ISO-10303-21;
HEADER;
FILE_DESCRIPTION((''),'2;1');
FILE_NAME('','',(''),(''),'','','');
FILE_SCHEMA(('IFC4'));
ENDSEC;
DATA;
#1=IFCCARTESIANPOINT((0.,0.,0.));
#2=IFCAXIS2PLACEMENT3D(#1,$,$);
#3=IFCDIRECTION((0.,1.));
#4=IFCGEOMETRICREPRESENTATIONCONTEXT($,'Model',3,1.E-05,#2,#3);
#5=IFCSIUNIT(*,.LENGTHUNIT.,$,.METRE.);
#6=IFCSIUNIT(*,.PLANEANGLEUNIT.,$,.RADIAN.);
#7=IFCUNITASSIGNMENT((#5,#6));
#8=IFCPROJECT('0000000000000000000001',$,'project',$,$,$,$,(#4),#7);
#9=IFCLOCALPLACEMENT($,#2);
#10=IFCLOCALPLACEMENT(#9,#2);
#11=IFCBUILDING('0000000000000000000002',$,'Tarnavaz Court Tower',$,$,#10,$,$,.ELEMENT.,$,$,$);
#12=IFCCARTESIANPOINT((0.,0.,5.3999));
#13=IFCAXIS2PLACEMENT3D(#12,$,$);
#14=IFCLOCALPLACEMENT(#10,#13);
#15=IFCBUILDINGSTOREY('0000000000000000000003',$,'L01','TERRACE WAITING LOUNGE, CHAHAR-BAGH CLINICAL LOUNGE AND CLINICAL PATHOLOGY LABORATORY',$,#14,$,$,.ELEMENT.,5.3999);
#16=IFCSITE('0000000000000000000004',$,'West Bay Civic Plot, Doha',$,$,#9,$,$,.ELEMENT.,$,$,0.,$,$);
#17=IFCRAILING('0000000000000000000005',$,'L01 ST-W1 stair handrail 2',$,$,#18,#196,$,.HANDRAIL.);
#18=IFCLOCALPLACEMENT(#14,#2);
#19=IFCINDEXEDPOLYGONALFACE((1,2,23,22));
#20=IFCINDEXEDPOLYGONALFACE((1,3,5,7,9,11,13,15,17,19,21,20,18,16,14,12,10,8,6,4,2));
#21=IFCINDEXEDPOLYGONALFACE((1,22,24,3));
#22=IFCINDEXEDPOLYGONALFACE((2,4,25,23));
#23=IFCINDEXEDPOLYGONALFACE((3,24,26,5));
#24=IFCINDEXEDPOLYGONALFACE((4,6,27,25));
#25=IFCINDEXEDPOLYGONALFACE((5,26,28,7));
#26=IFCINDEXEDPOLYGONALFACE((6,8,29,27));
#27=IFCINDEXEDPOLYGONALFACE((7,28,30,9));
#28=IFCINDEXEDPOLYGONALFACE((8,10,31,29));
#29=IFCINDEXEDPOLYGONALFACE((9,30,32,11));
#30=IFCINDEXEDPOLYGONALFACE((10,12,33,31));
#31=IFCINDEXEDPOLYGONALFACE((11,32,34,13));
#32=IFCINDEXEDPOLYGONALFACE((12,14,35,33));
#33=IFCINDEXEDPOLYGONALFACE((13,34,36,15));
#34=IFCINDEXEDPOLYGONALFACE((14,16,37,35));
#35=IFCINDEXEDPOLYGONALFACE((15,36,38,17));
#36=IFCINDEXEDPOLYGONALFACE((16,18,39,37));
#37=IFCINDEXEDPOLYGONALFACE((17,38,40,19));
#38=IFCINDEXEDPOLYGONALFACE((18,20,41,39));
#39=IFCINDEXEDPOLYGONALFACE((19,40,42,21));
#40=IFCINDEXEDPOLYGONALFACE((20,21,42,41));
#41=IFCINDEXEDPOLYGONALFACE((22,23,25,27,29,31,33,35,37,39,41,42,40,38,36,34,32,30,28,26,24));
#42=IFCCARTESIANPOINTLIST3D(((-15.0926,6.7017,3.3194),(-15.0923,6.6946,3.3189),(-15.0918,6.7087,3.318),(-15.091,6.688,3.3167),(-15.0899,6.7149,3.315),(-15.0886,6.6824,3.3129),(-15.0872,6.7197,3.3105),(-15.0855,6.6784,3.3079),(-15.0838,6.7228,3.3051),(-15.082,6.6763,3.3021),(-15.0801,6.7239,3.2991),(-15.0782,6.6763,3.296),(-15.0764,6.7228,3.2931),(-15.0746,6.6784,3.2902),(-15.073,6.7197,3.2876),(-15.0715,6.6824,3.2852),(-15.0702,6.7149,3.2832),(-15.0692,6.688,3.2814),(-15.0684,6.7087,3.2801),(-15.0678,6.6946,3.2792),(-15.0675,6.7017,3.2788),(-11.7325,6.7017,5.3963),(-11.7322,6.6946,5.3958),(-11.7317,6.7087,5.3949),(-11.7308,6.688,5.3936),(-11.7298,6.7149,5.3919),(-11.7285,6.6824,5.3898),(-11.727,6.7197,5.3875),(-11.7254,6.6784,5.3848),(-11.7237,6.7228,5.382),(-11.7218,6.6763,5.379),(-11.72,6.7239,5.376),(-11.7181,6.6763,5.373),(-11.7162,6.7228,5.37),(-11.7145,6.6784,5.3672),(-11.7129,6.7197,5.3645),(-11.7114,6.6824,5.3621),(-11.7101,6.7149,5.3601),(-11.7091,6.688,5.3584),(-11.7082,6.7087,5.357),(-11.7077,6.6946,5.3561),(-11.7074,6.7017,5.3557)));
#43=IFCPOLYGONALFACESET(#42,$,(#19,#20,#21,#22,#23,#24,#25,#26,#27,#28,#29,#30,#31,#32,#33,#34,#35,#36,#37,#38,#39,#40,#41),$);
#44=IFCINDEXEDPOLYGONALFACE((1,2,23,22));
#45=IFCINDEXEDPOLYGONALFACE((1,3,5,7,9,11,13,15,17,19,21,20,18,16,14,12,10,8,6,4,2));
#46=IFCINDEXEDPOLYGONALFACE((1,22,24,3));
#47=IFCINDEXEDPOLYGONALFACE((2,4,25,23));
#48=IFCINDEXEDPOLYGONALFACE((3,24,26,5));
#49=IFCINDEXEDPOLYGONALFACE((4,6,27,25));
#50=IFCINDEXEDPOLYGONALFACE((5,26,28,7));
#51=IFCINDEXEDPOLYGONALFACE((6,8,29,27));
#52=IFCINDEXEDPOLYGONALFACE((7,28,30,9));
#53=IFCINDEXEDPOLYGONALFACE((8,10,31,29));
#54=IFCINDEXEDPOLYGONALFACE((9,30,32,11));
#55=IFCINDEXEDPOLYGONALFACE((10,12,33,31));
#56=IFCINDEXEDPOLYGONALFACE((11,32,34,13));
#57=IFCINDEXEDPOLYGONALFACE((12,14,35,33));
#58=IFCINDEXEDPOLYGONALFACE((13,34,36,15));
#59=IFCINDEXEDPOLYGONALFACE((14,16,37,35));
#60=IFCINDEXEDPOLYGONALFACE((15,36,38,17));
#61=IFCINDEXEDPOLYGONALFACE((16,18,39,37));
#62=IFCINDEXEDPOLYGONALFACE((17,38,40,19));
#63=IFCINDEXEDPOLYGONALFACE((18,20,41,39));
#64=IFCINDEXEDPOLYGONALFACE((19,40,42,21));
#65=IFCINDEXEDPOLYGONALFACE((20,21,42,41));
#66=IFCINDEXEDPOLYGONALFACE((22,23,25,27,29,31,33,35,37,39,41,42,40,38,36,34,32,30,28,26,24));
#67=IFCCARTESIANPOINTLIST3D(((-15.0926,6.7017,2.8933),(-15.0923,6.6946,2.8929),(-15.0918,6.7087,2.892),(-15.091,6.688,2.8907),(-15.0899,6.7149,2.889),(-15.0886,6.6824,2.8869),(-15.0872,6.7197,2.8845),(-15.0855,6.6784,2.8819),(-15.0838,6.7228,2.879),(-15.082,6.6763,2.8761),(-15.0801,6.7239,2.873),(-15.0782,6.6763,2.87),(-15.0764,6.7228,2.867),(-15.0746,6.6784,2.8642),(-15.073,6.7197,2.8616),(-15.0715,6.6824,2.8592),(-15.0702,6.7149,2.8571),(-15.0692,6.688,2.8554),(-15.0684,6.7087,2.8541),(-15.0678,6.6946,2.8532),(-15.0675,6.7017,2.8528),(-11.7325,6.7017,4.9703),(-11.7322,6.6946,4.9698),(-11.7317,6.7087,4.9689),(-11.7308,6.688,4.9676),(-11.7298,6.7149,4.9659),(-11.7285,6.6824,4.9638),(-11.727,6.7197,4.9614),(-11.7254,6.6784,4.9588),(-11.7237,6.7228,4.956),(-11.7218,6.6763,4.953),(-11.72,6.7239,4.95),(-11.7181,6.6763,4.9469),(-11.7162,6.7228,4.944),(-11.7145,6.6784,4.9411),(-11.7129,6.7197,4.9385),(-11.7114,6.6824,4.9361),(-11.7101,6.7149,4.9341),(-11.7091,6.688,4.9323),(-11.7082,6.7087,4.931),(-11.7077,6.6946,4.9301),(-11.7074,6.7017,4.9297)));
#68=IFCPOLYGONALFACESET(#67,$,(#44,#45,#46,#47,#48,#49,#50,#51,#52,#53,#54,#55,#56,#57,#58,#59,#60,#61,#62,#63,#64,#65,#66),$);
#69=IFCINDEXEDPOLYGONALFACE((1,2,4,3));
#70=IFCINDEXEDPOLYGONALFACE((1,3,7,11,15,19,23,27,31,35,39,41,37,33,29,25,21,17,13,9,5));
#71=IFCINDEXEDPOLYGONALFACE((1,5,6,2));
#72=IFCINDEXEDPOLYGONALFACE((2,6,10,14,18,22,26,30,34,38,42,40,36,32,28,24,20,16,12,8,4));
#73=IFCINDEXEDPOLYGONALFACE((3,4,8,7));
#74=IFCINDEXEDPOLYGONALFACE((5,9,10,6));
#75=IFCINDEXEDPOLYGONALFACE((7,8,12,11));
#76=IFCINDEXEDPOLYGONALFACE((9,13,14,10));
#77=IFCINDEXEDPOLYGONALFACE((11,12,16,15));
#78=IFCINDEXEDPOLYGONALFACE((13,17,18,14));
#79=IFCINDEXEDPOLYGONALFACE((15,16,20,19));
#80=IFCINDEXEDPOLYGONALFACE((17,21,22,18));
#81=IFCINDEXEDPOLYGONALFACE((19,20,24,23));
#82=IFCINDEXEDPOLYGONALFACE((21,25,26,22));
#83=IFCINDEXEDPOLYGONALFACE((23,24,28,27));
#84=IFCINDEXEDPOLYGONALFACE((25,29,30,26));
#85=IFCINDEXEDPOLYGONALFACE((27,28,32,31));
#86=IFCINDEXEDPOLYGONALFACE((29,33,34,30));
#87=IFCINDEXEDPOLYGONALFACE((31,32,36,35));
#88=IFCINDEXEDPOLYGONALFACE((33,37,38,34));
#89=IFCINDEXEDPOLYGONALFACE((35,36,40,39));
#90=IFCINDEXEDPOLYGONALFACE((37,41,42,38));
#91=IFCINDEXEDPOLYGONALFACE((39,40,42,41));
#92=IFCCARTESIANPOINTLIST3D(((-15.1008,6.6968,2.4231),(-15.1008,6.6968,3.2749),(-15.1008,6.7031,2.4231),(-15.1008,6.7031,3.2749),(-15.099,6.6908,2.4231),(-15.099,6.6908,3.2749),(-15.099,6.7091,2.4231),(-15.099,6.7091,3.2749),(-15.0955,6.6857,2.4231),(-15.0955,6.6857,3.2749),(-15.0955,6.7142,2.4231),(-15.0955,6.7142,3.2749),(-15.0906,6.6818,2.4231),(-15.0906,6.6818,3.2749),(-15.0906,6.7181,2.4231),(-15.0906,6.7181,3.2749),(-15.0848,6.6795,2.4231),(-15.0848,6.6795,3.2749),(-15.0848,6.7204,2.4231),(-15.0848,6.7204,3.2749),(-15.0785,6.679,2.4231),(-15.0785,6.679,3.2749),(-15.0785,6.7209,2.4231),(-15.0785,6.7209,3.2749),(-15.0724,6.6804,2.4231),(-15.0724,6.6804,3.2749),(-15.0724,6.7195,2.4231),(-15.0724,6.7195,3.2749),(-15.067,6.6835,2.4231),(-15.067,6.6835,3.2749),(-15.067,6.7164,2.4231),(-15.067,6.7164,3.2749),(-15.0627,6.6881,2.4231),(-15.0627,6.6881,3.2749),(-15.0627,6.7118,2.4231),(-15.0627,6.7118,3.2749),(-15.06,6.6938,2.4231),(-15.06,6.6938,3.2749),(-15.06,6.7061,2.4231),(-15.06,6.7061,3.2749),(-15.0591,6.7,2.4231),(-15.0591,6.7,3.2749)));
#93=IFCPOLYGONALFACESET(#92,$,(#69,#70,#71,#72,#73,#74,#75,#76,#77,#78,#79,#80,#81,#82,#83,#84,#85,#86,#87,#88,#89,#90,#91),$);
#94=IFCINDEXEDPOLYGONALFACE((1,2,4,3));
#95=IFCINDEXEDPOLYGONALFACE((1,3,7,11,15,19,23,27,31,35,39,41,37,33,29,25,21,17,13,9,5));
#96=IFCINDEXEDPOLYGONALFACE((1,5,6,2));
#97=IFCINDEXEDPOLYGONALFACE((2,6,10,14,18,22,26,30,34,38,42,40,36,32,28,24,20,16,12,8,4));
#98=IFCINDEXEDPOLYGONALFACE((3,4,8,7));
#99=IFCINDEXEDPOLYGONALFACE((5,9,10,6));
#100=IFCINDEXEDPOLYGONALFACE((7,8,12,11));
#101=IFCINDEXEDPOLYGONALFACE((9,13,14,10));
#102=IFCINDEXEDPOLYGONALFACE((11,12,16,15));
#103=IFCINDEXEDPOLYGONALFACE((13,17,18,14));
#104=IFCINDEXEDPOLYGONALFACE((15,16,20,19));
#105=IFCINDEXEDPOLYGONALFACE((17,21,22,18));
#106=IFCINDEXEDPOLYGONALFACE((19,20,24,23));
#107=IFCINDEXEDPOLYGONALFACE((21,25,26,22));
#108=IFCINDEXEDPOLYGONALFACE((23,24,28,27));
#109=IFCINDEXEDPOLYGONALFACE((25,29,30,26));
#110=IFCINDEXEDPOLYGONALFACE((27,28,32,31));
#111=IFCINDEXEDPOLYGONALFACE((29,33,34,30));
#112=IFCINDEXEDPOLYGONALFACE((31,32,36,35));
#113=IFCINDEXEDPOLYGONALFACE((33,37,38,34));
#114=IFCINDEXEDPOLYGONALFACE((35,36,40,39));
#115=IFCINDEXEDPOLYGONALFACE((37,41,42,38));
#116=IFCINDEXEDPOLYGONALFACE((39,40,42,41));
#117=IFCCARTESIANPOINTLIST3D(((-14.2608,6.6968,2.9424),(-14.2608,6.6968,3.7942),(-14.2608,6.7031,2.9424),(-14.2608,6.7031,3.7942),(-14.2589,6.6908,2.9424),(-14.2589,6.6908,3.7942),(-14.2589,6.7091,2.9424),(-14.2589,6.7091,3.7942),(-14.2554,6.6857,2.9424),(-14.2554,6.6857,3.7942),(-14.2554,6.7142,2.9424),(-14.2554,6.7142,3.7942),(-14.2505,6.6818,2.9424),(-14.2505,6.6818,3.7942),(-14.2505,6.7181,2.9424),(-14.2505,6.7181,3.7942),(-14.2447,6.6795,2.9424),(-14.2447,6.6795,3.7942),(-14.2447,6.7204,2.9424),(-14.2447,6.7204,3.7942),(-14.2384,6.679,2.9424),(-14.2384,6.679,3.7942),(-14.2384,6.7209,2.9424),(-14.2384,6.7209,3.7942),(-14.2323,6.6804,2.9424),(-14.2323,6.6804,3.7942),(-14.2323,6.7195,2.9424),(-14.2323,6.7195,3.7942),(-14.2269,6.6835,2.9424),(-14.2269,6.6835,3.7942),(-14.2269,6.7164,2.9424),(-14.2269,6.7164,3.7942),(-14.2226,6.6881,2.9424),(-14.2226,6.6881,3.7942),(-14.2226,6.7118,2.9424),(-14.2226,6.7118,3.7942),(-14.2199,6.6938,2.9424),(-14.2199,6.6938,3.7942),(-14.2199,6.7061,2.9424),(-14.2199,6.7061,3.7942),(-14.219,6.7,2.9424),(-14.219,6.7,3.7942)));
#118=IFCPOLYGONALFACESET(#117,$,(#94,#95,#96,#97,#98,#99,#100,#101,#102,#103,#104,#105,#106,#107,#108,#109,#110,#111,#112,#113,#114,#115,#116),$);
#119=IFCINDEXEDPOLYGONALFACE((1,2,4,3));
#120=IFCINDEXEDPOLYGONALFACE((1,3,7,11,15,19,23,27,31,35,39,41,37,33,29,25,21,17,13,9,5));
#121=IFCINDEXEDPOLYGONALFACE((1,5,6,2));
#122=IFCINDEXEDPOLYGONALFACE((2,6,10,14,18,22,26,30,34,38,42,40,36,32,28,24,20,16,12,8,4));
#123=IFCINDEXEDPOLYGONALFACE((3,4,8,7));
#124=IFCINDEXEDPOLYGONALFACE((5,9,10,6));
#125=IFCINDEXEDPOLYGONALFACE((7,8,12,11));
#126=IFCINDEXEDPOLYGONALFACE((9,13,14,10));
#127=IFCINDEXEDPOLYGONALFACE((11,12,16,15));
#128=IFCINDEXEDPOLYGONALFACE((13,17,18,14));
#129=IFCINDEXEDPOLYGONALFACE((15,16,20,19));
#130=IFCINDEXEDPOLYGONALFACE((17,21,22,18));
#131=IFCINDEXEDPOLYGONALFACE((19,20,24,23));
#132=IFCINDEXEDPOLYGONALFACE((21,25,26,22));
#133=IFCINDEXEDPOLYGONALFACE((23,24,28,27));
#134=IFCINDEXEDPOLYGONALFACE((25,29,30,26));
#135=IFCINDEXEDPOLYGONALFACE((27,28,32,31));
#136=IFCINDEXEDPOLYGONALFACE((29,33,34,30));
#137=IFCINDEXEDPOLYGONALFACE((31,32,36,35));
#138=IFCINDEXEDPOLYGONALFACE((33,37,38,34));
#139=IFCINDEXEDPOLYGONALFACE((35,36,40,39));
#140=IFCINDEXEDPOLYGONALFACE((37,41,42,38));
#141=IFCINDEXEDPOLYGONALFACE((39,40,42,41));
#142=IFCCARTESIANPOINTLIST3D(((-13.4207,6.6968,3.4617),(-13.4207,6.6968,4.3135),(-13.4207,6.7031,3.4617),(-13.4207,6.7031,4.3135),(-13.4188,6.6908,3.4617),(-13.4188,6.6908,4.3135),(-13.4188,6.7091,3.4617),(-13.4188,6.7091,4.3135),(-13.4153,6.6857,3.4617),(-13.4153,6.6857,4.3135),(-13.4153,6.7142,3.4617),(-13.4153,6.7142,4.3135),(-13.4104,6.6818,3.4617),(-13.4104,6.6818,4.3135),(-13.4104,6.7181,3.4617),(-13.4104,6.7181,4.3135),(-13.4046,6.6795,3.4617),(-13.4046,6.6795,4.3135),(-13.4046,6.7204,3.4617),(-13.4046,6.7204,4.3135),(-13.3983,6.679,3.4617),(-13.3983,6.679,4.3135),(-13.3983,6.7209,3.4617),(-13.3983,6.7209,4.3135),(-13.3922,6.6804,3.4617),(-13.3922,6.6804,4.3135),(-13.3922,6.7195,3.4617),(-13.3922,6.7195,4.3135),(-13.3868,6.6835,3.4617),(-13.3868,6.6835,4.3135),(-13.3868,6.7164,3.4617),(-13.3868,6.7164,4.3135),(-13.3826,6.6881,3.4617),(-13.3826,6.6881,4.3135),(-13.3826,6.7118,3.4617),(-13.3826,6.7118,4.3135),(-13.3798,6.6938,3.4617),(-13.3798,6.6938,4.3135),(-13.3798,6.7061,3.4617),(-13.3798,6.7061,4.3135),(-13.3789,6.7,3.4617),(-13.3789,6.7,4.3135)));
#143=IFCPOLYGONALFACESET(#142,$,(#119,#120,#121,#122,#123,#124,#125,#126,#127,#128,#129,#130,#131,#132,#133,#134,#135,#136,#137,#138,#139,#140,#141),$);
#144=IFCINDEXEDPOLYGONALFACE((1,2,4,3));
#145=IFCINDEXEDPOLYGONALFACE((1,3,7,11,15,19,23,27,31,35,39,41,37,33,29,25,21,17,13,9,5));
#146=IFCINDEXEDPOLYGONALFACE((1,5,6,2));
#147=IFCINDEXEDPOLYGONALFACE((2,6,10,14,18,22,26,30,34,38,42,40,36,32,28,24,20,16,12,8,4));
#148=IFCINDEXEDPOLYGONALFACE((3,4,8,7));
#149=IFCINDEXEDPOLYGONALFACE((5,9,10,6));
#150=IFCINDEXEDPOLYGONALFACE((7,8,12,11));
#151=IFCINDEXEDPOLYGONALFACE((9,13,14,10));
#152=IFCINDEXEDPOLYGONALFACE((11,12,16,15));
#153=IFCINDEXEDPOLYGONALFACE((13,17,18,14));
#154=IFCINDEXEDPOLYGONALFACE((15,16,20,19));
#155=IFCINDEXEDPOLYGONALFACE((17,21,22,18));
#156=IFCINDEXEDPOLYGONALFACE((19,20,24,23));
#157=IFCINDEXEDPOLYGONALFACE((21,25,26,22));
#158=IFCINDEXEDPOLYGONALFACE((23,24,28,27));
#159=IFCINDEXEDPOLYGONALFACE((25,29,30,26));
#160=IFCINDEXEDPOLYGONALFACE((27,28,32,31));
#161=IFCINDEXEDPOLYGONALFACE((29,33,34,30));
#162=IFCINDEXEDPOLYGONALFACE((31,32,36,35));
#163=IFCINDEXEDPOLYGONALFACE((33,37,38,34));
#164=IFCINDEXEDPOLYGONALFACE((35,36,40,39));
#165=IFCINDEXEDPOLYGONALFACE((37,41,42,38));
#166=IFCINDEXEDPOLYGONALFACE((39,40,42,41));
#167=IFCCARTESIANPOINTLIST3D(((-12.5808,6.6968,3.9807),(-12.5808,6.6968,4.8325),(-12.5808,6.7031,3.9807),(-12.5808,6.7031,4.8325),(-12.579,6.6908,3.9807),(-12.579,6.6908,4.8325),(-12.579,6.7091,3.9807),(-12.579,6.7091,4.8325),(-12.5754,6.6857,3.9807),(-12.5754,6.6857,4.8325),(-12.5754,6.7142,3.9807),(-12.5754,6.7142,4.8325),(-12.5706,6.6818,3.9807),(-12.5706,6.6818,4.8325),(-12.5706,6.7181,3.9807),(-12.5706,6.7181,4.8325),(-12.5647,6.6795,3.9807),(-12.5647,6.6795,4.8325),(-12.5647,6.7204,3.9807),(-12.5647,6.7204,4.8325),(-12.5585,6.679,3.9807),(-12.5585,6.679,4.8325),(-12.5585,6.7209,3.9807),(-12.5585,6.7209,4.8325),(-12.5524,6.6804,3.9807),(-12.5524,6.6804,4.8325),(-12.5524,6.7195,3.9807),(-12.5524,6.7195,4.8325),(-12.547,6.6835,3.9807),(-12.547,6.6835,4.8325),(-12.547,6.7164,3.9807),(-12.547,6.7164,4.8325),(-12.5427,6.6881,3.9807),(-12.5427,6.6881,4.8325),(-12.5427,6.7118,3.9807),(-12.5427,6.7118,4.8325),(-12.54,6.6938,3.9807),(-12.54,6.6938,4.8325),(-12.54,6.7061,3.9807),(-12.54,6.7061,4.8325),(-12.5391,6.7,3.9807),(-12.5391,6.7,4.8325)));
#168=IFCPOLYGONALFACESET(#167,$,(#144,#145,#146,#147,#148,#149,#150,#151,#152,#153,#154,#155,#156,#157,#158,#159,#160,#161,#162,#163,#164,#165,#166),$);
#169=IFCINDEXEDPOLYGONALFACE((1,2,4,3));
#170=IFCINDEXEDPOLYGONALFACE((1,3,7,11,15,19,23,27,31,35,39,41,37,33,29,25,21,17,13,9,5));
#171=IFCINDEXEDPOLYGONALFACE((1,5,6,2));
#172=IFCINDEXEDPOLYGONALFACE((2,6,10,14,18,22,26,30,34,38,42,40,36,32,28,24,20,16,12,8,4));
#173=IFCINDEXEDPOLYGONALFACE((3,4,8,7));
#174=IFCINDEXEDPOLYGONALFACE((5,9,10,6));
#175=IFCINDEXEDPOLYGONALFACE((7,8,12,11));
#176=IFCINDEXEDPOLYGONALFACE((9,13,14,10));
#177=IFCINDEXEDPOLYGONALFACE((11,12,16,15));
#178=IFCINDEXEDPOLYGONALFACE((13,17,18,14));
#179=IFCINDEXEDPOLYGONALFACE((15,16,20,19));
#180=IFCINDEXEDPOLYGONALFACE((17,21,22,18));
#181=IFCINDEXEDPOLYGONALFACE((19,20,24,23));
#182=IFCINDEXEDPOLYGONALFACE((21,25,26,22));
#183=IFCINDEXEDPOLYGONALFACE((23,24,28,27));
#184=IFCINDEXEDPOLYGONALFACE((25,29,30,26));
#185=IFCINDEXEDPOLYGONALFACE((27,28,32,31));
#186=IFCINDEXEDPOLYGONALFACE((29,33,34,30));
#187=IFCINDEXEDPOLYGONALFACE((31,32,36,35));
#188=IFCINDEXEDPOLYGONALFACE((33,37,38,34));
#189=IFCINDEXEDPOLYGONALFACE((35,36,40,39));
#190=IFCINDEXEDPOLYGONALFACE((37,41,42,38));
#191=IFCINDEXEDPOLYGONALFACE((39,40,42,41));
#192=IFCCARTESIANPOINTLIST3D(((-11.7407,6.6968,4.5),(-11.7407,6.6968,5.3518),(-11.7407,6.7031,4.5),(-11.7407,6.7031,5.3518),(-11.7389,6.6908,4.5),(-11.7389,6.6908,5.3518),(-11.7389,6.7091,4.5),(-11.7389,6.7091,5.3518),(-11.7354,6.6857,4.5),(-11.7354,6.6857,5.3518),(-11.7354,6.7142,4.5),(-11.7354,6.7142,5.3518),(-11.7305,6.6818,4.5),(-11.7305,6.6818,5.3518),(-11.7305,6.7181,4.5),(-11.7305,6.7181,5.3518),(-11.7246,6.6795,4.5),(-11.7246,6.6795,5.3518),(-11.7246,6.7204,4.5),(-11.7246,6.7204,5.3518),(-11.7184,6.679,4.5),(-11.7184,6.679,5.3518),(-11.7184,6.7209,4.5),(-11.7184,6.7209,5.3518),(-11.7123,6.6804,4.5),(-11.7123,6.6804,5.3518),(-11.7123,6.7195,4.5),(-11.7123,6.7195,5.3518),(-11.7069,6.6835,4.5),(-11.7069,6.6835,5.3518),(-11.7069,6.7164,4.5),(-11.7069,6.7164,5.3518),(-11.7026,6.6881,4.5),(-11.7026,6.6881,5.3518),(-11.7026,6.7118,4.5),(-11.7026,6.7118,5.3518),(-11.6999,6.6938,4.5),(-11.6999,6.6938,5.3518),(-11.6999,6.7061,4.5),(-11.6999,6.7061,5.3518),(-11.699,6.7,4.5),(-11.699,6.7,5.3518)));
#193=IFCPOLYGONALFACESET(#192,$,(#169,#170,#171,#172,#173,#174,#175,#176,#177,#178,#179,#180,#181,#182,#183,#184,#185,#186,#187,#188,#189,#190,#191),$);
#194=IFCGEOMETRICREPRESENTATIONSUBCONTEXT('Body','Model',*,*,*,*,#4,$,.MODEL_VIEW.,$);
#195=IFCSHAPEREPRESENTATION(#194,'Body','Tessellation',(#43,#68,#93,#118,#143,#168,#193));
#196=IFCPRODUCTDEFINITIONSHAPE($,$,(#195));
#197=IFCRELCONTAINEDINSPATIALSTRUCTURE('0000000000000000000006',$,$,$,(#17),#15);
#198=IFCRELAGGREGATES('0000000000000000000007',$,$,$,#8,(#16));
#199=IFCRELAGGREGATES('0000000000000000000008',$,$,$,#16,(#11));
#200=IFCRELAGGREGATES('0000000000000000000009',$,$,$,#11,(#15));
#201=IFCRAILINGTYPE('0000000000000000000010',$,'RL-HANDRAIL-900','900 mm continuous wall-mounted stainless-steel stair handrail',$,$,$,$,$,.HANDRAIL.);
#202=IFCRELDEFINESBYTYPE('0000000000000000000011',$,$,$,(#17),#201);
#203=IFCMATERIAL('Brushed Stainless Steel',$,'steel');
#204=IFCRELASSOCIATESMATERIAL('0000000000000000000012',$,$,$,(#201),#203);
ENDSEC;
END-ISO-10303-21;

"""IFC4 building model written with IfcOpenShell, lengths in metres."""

from ifc_helpers import new_model, si_unit, direction, frame, origin, origin_2d, place, context, subcontext, project, spatial, circle, extrude, material, type_object, element, save


model = new_model("IFC4")

# Units and contexts
model_context = context("Model", 3, precision=1e-05, world=origin(), true_north=direction((0.0, 1.0)))
body_context = subcontext(model_context, "Body", "Model", "MODEL_VIEW")
ifc_project = project(units=[si_unit("LENGTHUNIT", "METRE"), si_unit("PLANEANGLEUNIT", "RADIAN")], contexts=[model_context])

# Site, building, storey
site_placement = place(None, origin())
site = spatial("IfcSite", under=ifc_project, at=site_placement, Name="West Bay Civic Plot, Doha", CompositionType="ELEMENT", RefElevation=0.0)
building_placement = place(site_placement, origin())
building = spatial("IfcBuilding", under=site, at=building_placement, Name="Tarnavaz Court Tower", CompositionType="ELEMENT")
storey_placement = place(building_placement, frame((0.0, 0.0, 5.3999)))
storey = spatial("IfcBuildingStorey", under=building, at=storey_placement, Name="L01", Description="TERRACE WAITING LOUNGE, CHAHAR-BAGH CLINICAL LOUNGE AND CLINICAL PATHOLOGY LABORATORY", CompositionType="ELEMENT", Elevation=5.3999)

# Railing
ifc_material_1 = material(Name="Brushed Stainless Steel", Category="steel")
railing_type_1 = type_object("IfcRailingType", Name="RL-HANDRAIL-900", Description="900 mm continuous wall-mounted stainless-steel stair handrail", PredefinedType="HANDRAIL", material=ifc_material_1)
railing_1_placement = place(storey_placement, frame((-15.0801, 6.7, 2.4231)))
element("IfcRailing", 1, at=railing_1_placement, inside=storey, type_object=railing_type_1, Name="L01 ST-W1 stair handrail 2", PredefinedType="HANDRAIL", context=body_context, shape_type="SweptSolid", body=[
    extrude(circle(Radius=0.0239, at=origin_2d()), frame((0.0, 0.0, 0.876), z_axis=(0.850623, 0.0, 0.525776), x_axis=(0.0, 1.0, 0.0)), (0.0, 0.0, 1.0), 3.9502),
    extrude(circle(Radius=0.0239, at=origin_2d()), frame((0.0, 0.0, 0.45), z_axis=(0.850623, 0.0, 0.525776), x_axis=(0.0, 1.0, 0.0)), (0.0, 0.0, 1.0), 3.9502),
    extrude(circle(Radius=0.021, at=origin_2d()), origin(), (0.0, 0.0, 1.0), 0.8518),
    extrude(circle(Radius=0.021, at=origin_2d()), frame((0.8401, 0.0, 0.5193)), (0.0, 0.0, 1.0), 0.8518),
    extrude(circle(Radius=0.021, at=origin_2d()), frame((1.6802, 0.0, 1.0386)), (0.0, 0.0, 1.0), 0.8518),
    extrude(circle(Radius=0.021, at=origin_2d()), frame((2.52, 0.0, 1.5576)), (0.0, 0.0, 1.0), 0.8518),
    extrude(circle(Radius=0.021, at=origin_2d()), frame((3.3601, 0.0, 2.0769)), (0.0, 0.0, 1.0), 0.8518),
])

save(model, "model.ifc")
